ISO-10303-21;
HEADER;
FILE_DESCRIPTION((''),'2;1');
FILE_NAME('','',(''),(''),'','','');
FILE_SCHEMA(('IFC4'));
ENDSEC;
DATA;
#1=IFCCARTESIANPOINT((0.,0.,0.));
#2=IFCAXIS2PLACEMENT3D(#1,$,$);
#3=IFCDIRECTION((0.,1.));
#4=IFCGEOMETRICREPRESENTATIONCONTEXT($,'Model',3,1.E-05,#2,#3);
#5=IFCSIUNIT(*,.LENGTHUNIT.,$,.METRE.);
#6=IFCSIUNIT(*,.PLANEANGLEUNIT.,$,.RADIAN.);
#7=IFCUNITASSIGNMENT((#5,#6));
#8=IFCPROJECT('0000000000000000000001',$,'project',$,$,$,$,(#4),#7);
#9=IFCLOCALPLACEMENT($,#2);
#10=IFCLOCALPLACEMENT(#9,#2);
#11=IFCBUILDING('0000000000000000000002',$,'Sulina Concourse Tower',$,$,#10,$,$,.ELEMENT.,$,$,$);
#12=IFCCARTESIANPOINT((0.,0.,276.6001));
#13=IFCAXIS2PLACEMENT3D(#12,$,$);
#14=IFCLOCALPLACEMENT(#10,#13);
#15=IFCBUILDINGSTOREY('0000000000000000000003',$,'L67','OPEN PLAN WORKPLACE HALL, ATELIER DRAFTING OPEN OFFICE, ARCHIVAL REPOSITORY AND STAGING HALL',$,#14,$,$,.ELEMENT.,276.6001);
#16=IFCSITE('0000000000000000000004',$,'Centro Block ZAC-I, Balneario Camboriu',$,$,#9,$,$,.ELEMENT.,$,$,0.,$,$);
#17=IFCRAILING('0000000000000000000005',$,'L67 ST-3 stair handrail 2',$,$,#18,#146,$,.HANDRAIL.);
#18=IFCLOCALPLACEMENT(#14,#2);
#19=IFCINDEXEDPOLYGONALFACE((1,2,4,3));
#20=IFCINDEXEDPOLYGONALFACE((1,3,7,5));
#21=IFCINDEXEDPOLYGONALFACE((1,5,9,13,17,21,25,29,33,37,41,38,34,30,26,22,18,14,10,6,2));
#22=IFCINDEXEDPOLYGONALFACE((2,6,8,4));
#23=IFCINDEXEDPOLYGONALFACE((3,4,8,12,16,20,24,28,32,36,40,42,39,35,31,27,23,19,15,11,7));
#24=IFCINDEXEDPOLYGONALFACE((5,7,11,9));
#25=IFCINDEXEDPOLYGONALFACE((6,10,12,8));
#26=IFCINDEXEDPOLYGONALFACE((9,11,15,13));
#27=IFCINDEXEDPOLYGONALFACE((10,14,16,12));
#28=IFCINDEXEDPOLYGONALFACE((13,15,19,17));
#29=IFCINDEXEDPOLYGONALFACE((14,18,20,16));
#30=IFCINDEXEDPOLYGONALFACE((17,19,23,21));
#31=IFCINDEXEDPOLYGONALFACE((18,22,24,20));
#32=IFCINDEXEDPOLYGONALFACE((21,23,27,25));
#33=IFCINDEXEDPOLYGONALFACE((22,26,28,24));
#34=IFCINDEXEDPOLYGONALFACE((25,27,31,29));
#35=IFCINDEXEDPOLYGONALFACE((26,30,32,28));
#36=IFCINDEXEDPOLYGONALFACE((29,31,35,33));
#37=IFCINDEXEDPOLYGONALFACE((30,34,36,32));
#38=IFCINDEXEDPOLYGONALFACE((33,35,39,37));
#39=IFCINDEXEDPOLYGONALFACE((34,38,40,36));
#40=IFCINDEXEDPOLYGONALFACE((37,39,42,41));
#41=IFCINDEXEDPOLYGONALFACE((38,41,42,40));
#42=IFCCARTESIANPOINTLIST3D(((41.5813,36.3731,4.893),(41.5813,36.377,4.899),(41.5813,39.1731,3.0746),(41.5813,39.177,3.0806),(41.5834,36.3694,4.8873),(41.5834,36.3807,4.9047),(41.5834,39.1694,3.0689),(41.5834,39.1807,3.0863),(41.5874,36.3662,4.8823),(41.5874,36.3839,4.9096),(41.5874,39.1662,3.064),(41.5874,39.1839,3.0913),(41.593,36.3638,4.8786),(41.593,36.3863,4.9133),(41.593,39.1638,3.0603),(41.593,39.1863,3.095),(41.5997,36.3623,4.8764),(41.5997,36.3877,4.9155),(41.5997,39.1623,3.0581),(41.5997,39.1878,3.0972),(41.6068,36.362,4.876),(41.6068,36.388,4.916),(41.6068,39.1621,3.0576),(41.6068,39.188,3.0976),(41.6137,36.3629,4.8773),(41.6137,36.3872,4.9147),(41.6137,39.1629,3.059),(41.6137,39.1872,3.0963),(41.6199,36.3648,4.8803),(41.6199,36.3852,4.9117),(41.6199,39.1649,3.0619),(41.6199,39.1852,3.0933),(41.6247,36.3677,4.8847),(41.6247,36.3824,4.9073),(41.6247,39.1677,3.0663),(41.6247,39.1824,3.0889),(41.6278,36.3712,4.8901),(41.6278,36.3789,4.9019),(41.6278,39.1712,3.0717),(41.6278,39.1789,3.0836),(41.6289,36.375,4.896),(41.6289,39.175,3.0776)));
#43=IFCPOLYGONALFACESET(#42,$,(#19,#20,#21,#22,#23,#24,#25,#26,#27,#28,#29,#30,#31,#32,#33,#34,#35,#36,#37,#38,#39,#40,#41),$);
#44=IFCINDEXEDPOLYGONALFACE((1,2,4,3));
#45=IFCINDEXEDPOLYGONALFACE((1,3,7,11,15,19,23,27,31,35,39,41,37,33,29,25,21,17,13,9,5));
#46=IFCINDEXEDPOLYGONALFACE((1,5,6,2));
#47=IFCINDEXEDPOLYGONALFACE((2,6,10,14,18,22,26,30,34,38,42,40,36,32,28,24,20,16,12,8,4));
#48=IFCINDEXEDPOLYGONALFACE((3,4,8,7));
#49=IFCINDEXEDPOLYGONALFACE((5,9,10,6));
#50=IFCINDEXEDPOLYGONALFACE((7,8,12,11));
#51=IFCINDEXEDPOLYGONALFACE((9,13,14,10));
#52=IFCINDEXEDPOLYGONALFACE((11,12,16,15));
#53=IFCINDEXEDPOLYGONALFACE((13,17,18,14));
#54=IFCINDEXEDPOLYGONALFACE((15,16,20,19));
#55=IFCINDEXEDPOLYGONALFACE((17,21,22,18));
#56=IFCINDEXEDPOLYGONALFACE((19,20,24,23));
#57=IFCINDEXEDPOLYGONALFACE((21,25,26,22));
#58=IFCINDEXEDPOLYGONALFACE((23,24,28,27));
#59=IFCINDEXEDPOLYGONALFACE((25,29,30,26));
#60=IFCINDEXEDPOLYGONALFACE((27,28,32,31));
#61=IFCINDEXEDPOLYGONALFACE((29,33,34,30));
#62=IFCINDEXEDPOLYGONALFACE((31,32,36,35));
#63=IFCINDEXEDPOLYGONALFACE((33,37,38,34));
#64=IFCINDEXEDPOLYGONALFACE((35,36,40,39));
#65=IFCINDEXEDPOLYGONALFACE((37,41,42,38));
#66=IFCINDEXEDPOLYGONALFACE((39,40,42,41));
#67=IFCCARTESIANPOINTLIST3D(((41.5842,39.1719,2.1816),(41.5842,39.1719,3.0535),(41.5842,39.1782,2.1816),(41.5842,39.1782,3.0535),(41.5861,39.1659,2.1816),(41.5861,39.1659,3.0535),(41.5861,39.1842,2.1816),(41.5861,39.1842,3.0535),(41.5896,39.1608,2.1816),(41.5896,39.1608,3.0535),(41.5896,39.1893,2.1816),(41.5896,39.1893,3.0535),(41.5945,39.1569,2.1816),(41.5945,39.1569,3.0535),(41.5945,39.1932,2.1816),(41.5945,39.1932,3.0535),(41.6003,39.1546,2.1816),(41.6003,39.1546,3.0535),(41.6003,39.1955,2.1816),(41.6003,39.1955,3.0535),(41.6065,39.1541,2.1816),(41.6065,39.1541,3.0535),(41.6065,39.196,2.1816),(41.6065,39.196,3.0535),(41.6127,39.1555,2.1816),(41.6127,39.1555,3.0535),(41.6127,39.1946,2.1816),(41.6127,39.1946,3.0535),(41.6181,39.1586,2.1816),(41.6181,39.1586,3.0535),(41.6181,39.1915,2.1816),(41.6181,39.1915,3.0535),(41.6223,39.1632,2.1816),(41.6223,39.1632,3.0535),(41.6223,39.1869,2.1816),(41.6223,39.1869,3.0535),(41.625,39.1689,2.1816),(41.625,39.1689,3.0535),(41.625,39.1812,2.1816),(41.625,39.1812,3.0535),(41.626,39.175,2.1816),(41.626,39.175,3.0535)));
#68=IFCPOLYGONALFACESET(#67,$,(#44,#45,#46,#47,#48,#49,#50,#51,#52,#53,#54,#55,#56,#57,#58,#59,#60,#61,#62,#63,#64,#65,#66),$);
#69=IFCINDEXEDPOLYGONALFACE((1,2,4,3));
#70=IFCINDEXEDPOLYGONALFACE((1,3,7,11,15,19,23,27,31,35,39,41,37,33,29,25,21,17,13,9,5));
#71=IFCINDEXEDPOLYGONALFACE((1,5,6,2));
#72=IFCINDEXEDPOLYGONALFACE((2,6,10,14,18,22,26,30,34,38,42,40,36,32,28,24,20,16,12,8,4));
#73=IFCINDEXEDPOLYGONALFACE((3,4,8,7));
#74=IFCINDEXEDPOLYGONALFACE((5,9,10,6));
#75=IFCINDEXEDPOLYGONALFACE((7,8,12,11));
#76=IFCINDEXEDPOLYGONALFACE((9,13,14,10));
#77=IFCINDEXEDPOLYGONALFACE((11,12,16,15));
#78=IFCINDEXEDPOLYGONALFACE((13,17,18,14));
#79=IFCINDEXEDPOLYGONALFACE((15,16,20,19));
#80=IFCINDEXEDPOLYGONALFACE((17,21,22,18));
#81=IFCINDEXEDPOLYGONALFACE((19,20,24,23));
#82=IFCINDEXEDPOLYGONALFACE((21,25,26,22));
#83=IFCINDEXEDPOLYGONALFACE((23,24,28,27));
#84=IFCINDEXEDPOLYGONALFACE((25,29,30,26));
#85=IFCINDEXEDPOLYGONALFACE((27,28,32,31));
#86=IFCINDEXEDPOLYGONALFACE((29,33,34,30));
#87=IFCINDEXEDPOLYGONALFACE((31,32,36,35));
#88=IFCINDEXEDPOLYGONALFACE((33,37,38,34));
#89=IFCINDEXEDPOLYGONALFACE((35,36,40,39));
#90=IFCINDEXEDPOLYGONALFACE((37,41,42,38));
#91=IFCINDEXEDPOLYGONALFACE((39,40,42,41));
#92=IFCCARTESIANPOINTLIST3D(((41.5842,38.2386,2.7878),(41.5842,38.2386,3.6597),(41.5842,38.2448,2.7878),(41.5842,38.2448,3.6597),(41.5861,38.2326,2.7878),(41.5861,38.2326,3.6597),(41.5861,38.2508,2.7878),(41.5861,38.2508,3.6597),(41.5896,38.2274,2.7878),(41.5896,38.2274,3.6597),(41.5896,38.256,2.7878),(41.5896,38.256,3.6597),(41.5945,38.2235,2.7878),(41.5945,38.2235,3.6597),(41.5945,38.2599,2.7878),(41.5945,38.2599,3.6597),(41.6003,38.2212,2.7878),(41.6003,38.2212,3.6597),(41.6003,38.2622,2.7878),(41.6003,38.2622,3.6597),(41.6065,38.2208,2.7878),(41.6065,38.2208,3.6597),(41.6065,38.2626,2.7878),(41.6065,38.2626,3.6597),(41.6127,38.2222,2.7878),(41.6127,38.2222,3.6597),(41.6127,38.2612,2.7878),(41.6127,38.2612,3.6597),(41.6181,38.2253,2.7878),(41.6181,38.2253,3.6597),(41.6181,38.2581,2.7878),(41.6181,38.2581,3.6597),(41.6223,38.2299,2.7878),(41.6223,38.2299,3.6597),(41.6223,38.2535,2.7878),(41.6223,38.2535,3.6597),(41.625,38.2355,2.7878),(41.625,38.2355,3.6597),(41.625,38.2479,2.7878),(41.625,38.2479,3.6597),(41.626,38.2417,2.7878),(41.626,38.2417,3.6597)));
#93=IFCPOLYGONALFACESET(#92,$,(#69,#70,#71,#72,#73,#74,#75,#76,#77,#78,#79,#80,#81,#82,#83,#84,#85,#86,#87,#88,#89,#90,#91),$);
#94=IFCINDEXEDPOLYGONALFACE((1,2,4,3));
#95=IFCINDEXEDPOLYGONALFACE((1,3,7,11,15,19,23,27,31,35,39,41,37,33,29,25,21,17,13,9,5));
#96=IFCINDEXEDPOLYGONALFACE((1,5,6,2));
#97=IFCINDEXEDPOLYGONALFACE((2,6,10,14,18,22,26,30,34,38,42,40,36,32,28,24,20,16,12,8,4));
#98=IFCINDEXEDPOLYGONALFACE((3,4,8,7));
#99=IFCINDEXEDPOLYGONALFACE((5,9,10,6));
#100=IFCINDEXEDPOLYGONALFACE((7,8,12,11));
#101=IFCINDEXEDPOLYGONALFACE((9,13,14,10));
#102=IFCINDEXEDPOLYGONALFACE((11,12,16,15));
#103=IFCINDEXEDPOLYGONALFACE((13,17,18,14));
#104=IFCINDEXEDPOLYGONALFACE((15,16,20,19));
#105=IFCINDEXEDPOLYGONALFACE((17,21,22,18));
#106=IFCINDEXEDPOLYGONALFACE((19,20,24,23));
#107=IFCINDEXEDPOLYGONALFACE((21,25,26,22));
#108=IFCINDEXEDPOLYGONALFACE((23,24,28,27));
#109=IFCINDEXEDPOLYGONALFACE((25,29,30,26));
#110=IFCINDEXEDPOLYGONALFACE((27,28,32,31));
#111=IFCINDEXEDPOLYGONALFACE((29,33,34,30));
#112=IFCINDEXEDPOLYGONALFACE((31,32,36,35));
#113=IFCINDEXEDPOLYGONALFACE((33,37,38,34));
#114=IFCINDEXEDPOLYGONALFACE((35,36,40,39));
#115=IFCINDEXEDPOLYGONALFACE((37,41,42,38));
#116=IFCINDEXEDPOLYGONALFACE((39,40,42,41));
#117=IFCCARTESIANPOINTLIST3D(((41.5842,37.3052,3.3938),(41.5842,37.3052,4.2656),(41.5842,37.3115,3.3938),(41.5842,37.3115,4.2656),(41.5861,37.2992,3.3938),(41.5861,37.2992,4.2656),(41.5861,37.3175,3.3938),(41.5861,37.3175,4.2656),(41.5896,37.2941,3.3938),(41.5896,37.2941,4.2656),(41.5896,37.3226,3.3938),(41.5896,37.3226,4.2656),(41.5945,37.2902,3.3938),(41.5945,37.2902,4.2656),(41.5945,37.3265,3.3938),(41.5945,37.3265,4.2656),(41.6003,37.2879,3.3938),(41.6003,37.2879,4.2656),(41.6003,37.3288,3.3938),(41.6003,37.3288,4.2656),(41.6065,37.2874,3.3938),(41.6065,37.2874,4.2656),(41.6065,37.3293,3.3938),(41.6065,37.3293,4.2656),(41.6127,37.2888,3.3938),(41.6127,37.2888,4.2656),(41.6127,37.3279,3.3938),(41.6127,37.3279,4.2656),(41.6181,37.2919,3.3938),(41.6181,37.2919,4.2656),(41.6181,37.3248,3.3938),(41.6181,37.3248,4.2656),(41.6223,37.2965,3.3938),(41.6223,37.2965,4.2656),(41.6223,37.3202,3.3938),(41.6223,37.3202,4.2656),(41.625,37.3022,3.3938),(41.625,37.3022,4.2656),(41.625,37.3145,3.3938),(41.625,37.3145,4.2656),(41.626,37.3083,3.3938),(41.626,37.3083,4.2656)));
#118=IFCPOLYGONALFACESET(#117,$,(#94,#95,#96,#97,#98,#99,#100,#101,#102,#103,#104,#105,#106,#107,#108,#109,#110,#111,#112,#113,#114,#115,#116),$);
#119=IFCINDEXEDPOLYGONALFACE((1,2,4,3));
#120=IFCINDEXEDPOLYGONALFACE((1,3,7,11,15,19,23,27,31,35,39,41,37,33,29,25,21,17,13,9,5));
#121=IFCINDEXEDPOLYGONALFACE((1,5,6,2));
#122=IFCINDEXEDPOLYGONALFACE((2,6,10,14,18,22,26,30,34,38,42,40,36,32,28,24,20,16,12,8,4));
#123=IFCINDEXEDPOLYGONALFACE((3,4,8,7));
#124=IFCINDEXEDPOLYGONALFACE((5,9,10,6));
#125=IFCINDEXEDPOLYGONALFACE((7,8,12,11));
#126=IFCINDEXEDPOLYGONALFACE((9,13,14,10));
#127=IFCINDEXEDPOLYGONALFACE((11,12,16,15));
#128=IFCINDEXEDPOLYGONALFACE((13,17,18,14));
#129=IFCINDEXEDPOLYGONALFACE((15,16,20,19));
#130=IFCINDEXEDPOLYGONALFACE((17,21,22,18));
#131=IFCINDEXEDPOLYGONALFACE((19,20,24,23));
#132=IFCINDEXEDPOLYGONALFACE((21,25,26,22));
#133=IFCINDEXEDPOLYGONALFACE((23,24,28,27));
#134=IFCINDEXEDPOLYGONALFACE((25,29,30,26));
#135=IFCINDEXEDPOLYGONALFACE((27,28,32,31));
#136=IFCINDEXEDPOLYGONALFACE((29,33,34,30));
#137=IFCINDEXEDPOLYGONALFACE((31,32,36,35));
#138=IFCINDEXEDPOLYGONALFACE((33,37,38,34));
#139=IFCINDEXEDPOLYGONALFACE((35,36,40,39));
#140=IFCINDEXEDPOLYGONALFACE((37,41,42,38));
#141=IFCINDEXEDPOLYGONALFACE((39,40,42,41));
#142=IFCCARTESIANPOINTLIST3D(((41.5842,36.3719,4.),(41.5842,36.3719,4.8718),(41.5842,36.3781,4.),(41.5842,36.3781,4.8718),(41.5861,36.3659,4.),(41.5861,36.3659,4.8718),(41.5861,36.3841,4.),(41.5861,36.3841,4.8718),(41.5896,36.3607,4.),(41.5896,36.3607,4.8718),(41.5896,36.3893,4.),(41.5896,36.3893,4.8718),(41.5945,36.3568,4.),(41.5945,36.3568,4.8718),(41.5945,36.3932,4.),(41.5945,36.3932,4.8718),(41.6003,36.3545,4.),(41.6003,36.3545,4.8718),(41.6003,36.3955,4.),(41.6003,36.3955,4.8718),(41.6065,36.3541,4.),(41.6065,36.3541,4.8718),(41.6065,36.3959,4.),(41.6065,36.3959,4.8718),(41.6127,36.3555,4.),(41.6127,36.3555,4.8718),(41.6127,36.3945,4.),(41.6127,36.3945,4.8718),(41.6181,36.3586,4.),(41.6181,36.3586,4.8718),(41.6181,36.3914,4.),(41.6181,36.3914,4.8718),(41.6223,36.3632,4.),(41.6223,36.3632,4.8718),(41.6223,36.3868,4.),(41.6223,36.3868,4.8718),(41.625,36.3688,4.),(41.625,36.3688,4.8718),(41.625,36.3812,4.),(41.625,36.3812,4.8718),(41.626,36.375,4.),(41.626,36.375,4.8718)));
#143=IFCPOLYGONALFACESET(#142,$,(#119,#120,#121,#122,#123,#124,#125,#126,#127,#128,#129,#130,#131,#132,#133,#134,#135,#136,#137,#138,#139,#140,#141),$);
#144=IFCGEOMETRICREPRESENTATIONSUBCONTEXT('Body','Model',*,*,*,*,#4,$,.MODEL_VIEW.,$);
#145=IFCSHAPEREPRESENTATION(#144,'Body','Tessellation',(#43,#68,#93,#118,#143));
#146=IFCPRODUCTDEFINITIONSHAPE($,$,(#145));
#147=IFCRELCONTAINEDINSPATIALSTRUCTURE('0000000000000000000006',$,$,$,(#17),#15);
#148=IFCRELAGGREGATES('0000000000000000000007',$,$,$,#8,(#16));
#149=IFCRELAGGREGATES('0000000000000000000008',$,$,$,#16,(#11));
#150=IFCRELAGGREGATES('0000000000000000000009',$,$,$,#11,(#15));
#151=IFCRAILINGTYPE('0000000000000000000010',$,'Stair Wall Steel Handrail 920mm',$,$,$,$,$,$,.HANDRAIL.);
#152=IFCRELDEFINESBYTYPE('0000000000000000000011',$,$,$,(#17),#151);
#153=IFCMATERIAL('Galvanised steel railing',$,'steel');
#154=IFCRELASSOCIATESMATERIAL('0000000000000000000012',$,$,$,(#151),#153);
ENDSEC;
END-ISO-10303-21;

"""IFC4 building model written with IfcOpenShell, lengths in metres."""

from ifc_helpers import new_model, si_unit, direction, frame, origin, origin_2d, place, context, subcontext, project, spatial, circle, extrude, material, type_object, element, save


model = new_model("IFC4")

# Units and contexts
model_context = context("Model", 3, precision=1e-05, world=origin(), true_north=direction((0.0, 1.0)))
body_context = subcontext(model_context, "Body", "Model", "MODEL_VIEW")
ifc_project = project(units=[si_unit("LENGTHUNIT", "METRE"), si_unit("PLANEANGLEUNIT", "RADIAN")], contexts=[model_context])

# Site, building, storey
site_placement = place(None, origin())
site = spatial("IfcSite", under=ifc_project, at=site_placement, Name="Centro Block ZAC-I, Balneario Camboriu", CompositionType="ELEMENT", RefElevation=0.0)
building_placement = place(site_placement, origin())
building = spatial("IfcBuilding", under=site, at=building_placement, Name="Sulina Concourse Tower", CompositionType="ELEMENT")
storey_placement = place(building_placement, frame((0.0, 0.0, 276.6001)))
storey = spatial("IfcBuildingStorey", under=building, at=storey_placement, Name="L67", Description="OPEN PLAN WORKPLACE HALL, ATELIER DRAFTING OPEN OFFICE, ARCHIVAL REPOSITORY AND STAGING HALL", CompositionType="ELEMENT", Elevation=276.6001)

# Railing
ifc_material_1 = material(Name="Galvanised steel railing", Category="steel")
railing_type_1 = type_object("IfcRailingType", Name="Stair Wall Steel Handrail 920mm", PredefinedType="HANDRAIL", material=ifc_material_1)
railing_1_placement = place(storey_placement, frame((41.605, 39.175, 2.1816)))
element("IfcRailing", 1, at=railing_1_placement, inside=storey, type_object=railing_type_1, Name="L67 ST-3 stair handrail 2", PredefinedType="HANDRAIL", context=body_context, shape_type="SweptSolid", body=[
    extrude(circle(Radius=0.0239, at=origin_2d()), frame((0.0, 0.0, 0.896), z_axis=(0.0, -0.838672, 0.544636), x_axis=(1.0, 0.0, 0.0)), (0.0, 0.0, 1.0), 3.3386),
    extrude(circle(Radius=0.021, at=origin_2d()), origin(), (0.0, 0.0, 1.0), 0.8718),
    extrude(circle(Radius=0.021, at=origin_2d()), frame((0.0, -0.9333, 0.6062)), (0.0, 0.0, 1.0), 0.8718),
    extrude(circle(Radius=0.021, at=origin_2d()), frame((0.0, -1.8667, 1.2122)), (0.0, 0.0, 1.0), 0.8718),
    extrude(circle(Radius=0.021, at=origin_2d()), frame((0.0, -2.8, 1.8184)), (0.0, 0.0, 1.0), 0.8718),
])

save(model, "model.ifc")
